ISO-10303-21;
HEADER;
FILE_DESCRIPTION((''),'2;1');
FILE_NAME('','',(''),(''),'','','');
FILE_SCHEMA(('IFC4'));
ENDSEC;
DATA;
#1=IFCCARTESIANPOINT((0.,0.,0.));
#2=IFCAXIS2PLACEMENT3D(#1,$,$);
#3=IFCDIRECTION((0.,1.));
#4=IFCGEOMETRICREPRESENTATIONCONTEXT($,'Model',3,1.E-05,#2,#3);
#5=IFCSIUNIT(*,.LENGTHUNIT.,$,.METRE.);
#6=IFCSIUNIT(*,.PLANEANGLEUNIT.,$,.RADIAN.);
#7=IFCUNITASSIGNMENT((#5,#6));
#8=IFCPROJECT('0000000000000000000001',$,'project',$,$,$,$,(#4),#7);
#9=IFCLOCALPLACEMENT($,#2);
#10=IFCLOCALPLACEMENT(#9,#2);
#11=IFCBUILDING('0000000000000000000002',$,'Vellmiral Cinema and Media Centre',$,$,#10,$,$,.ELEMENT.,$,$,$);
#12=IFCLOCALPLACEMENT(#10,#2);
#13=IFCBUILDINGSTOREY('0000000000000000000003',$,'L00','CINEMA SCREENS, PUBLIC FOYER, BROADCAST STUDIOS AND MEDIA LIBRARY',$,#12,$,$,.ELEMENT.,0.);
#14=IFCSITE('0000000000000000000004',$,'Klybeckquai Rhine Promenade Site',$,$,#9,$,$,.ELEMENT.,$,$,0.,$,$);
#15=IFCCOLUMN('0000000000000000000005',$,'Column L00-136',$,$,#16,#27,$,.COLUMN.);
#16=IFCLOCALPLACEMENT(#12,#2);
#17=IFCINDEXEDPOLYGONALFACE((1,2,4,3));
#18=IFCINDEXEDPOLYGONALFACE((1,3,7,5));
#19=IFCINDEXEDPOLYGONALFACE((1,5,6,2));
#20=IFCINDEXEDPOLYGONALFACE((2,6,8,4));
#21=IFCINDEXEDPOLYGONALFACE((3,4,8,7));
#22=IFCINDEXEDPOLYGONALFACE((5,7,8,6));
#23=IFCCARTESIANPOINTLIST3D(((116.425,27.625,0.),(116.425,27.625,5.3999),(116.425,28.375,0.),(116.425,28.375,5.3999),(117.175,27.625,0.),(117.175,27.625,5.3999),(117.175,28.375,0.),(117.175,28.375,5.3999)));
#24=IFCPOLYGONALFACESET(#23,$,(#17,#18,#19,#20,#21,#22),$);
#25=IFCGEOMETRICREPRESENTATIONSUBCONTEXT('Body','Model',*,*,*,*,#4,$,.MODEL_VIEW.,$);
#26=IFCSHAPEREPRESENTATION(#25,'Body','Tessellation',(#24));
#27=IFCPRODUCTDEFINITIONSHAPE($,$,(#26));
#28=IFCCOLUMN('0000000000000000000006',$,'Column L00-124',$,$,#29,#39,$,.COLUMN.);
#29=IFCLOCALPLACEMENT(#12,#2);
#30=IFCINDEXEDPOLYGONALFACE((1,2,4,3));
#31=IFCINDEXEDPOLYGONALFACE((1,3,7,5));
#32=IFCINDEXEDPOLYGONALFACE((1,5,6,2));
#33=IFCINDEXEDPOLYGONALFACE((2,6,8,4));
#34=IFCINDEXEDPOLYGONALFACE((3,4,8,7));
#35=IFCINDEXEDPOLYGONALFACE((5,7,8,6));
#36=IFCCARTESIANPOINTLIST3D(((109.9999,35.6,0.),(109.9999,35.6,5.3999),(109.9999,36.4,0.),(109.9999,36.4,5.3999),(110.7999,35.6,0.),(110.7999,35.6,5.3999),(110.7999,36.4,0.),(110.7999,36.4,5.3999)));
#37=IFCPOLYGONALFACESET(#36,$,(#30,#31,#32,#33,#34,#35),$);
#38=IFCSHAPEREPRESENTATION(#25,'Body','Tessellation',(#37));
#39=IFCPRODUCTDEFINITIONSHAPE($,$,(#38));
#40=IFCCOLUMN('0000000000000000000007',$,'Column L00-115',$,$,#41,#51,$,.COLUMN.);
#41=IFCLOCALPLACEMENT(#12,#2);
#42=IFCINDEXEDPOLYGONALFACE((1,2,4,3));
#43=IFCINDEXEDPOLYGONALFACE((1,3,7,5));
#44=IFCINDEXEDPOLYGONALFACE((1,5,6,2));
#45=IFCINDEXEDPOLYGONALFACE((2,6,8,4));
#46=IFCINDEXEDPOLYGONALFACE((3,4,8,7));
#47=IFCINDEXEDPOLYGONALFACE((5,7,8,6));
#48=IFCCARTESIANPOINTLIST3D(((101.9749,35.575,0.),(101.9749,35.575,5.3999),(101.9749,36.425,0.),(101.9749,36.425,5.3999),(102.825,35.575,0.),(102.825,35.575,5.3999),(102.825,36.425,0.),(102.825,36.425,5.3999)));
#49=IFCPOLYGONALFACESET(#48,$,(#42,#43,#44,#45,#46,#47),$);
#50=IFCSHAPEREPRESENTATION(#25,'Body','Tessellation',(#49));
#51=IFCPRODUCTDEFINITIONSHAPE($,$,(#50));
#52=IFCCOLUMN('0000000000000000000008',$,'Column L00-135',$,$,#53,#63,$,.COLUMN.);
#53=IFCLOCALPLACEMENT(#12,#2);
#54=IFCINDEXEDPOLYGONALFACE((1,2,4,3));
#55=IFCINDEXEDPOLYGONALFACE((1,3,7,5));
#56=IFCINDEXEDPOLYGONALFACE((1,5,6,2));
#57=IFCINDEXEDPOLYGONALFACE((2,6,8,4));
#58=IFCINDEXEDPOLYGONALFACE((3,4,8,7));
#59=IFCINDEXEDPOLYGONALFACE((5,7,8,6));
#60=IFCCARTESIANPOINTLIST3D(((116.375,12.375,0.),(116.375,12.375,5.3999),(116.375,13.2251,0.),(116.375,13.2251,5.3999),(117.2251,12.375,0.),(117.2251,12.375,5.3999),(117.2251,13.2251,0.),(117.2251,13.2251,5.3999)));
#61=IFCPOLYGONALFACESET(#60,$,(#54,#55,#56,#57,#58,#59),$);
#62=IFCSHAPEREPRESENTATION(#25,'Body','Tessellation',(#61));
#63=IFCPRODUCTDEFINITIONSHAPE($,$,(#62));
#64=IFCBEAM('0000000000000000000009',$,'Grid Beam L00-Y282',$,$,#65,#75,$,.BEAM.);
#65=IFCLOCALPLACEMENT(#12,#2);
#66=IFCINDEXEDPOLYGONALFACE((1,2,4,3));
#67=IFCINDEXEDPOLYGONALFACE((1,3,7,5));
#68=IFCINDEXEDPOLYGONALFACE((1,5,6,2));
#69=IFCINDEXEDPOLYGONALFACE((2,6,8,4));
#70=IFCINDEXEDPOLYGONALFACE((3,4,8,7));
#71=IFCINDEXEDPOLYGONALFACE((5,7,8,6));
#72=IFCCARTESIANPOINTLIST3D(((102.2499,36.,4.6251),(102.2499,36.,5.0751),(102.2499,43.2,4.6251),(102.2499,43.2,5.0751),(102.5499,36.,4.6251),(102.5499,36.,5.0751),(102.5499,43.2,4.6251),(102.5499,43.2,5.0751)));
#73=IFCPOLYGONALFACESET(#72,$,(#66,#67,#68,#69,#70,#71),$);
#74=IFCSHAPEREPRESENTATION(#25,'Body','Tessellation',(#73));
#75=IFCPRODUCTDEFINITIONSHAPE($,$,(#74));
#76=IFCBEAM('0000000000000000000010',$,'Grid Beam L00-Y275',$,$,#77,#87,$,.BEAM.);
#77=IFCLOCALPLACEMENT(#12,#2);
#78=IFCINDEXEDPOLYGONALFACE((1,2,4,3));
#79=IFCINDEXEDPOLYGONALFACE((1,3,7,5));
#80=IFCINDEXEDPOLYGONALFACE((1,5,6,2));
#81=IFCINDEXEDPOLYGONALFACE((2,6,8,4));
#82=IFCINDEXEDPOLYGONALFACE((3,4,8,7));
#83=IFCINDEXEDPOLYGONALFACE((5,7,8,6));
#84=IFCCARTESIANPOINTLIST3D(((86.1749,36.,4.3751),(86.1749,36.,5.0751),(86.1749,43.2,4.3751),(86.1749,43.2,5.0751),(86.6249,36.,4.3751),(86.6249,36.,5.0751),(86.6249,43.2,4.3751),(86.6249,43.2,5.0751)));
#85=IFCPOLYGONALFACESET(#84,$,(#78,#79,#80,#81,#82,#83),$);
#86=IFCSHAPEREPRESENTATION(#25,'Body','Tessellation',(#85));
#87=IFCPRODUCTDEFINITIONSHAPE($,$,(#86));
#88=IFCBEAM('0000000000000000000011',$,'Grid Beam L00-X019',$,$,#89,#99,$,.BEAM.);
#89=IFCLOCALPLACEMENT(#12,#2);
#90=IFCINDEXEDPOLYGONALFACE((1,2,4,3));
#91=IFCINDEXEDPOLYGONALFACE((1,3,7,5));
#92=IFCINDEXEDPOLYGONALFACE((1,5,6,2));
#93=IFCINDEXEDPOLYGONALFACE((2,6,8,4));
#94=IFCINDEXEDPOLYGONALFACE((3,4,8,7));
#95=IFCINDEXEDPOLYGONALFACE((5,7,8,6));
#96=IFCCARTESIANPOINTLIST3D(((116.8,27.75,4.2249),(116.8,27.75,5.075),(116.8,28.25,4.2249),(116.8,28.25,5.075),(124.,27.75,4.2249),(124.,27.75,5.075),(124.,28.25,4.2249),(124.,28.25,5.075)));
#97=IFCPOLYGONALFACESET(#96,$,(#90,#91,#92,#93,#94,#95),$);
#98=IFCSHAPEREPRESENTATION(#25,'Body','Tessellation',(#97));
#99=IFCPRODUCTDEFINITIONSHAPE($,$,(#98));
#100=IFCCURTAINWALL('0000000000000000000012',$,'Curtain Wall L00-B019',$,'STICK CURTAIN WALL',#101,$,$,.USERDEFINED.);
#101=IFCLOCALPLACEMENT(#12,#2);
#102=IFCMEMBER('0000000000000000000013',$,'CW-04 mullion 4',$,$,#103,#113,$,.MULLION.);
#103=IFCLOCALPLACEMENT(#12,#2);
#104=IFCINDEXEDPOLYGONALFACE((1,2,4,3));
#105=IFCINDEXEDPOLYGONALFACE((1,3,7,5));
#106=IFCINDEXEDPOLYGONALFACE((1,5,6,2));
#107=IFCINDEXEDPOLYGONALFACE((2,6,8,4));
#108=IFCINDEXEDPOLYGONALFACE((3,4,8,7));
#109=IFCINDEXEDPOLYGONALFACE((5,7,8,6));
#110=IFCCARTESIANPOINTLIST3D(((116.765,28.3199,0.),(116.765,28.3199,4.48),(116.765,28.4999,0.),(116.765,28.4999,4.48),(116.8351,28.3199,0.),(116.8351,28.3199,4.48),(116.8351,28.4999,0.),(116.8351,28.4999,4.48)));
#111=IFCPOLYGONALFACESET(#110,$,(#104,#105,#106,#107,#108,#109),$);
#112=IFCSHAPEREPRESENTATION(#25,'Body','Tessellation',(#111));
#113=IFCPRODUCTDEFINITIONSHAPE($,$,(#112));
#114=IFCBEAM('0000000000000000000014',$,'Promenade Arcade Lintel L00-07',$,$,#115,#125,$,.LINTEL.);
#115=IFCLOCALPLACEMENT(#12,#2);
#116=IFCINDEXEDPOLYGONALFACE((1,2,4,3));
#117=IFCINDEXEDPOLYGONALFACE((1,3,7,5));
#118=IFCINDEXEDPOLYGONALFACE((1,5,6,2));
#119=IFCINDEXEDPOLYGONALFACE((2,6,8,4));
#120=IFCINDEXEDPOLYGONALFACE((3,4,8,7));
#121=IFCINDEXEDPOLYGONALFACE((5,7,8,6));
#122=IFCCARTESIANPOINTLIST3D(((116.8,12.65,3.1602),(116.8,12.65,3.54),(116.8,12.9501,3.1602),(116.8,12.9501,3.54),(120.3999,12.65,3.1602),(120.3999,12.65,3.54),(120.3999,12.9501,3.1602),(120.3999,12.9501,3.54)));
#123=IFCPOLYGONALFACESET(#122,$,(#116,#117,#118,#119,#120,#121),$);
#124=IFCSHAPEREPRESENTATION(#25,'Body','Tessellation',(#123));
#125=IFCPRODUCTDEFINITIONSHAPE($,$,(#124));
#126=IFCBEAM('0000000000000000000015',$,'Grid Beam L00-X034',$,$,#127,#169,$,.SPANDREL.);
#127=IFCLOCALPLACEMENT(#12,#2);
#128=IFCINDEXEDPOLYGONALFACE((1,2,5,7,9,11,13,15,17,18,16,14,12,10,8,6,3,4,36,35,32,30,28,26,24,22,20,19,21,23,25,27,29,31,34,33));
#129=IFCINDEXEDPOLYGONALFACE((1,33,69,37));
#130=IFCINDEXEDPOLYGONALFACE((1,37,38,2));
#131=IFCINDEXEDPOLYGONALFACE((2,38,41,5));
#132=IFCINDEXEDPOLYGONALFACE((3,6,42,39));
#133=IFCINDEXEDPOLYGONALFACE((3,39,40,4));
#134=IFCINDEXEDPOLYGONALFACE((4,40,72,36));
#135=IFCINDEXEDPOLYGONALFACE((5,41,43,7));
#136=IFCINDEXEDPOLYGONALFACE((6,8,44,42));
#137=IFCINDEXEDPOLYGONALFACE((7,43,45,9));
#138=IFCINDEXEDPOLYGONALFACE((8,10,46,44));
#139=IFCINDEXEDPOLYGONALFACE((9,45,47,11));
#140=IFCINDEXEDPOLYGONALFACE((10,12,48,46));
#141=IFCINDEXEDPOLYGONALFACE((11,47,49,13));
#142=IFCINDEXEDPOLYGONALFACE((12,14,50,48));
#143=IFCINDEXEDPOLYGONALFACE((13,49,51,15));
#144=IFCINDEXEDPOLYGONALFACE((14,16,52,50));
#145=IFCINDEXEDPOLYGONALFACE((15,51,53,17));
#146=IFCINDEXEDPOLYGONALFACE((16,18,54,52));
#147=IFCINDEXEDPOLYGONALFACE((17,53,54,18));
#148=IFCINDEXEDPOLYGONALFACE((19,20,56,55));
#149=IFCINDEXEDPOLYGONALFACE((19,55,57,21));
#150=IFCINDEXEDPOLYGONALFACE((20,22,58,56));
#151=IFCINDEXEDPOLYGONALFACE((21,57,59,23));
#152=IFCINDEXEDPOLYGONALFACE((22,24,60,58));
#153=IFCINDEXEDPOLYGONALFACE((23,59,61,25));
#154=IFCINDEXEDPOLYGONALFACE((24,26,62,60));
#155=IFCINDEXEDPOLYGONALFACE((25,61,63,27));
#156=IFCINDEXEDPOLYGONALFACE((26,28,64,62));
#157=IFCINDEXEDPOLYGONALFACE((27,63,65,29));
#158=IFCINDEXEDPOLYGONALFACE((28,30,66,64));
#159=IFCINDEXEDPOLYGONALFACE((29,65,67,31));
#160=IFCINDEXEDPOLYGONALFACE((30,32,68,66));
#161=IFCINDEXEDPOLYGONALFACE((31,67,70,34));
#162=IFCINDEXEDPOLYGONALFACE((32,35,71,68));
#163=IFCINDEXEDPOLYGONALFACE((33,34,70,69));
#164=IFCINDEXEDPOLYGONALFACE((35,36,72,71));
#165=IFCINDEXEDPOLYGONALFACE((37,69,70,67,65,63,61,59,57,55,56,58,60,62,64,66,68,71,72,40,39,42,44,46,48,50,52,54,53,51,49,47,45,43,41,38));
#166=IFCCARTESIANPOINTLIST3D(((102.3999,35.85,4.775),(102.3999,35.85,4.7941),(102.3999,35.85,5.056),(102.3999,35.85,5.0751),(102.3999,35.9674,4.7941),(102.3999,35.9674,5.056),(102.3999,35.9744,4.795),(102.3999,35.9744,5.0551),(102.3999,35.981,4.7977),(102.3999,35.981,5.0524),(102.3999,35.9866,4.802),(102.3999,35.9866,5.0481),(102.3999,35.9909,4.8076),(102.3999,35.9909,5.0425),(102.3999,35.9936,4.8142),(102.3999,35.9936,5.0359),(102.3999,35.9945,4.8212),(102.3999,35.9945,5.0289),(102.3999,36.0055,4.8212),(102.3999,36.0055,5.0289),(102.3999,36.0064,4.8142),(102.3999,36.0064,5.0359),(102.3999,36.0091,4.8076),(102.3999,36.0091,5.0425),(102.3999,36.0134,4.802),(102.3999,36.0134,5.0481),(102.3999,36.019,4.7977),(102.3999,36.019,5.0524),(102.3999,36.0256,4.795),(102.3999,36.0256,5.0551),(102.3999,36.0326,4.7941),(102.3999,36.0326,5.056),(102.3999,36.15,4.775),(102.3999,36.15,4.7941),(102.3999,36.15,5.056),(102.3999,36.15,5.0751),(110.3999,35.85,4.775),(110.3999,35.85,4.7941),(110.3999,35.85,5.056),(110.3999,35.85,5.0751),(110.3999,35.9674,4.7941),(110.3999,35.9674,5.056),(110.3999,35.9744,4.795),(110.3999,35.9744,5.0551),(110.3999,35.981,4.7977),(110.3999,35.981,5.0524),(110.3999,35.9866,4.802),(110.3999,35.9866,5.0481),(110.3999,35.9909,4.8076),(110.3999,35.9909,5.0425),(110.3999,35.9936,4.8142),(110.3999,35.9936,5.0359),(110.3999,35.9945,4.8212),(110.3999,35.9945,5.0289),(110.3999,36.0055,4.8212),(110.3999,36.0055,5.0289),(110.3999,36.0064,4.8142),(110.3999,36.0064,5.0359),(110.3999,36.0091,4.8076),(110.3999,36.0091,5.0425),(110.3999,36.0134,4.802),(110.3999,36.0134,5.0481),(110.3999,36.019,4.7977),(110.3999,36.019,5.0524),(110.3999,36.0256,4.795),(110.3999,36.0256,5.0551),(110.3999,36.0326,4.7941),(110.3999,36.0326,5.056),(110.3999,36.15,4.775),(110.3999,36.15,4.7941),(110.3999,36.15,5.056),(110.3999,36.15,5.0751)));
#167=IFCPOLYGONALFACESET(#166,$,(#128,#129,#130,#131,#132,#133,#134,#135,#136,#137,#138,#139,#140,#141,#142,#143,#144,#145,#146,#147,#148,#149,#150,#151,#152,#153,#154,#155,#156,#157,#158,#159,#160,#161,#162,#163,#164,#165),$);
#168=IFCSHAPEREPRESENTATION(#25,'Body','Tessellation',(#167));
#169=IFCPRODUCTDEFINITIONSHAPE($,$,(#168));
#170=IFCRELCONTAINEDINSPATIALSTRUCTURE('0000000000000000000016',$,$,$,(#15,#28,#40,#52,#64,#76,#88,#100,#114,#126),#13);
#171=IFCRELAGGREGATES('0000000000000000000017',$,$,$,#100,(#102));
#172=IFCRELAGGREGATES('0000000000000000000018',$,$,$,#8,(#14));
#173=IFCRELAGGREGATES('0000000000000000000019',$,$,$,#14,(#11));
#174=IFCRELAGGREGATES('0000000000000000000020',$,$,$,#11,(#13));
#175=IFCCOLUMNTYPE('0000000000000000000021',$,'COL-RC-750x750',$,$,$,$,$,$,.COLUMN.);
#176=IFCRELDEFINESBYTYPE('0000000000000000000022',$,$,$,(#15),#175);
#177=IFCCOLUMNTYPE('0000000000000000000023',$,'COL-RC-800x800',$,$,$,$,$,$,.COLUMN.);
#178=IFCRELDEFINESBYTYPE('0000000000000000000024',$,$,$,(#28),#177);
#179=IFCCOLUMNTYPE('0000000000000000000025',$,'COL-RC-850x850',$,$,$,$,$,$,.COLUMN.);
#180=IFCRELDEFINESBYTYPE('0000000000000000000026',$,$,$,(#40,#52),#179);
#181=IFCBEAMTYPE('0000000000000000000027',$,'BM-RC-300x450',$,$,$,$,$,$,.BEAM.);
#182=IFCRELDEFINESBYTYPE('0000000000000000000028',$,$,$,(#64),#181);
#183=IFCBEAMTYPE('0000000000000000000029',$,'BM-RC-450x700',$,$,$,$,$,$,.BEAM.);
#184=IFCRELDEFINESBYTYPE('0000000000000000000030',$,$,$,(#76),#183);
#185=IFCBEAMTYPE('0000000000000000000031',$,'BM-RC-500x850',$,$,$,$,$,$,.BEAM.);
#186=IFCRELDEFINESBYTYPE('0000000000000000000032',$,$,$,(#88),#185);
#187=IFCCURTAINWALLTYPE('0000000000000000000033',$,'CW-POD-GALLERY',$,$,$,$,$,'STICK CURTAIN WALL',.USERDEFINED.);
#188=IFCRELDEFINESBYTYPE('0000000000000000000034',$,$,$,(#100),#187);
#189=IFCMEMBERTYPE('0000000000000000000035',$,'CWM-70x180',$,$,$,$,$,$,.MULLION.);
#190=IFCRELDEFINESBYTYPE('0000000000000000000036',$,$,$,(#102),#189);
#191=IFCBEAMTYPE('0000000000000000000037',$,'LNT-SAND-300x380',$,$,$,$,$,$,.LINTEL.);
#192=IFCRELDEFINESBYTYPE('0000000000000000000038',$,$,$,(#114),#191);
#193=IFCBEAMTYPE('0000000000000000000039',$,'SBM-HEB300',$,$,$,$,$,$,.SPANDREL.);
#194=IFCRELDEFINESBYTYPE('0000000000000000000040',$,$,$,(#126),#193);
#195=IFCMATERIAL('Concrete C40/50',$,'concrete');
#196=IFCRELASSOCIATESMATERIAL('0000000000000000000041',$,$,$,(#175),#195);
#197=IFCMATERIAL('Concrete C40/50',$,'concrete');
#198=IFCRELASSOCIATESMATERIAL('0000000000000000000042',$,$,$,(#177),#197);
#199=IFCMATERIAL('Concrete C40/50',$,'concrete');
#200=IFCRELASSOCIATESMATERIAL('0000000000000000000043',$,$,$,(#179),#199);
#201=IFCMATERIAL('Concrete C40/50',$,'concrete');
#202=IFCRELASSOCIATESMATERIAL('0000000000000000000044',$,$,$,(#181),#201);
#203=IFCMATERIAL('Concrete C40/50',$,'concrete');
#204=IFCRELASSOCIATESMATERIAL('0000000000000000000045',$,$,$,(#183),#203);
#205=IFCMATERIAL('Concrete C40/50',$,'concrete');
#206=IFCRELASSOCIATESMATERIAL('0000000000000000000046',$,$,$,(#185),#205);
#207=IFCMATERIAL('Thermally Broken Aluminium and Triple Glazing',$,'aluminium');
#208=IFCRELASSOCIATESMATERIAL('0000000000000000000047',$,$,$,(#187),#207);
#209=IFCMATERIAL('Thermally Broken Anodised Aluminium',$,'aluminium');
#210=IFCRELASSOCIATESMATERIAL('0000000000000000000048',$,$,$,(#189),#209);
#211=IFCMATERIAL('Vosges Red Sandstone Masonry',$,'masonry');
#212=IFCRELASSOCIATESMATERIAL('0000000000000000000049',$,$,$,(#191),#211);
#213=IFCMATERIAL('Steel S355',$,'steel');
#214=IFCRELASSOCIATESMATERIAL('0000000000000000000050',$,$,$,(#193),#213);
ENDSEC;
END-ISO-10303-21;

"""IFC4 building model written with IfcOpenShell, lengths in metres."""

from ifc_helpers import new_model, si_unit, direction, frame, origin, origin_2d, place, context, subcontext, project, spatial, rectangle, i_section, extrude, material, material_profile, profile_set, type_object, element, aggregate, save


model = new_model("IFC4")

# Units and contexts
model_context = context("Model", 3, precision=1e-05, world=origin(), true_north=direction((0.0, 1.0)))
body_context = subcontext(model_context, "Body", "Model", "MODEL_VIEW")
ifc_project = project(units=[si_unit("LENGTHUNIT", "METRE"), si_unit("PLANEANGLEUNIT", "RADIAN")], contexts=[model_context])

# Site, building, storey
site_placement = place(None, origin())
site = spatial("IfcSite", under=ifc_project, at=site_placement, Name="Klybeckquai Rhine Promenade Site", CompositionType="ELEMENT", RefElevation=0.0)
building_placement = place(site_placement, origin())
building = spatial("IfcBuilding", under=site, at=building_placement, Name="Vellmiral Cinema and Media Centre", CompositionType="ELEMENT")
storey_placement = place(building_placement, origin())
storey = spatial("IfcBuildingStorey", under=building, at=storey_placement, Name="L00", Description="CINEMA SCREENS, PUBLIC FOYER, BROADCAST STUDIOS AND MEDIA LIBRARY", CompositionType="ELEMENT", Elevation=0.0)

# Columns
ifc_material_1 = material(Name="Concrete C40/50", Category="concrete")
ifc_material_profile_1 = material_profile(ifc_material_1, rectangle(XDim=0.75, YDim=0.75, at=origin_2d()), Name="RC 750x750")
ifc_profile_set_1 = profile_set([ifc_material_profile_1], Name="Concrete C40/50")
column_type_1 = type_object("IfcColumnType", Name="COL-RC-750x750", PredefinedType="COLUMN", material=ifc_profile_set_1)
column_1_placement = place(storey_placement, frame((116.8, 28.0, 0.0), z_axis=(0.0, 0.0, 1.0), x_axis=(1.0, 0.0, 0.0)))
element("IfcColumn", 1, at=column_1_placement, inside=storey, type_object=column_type_1, Name="Column L00-136", PredefinedType="COLUMN", context=body_context, shape_type="SweptSolid", body=[
    extrude(rectangle(XDim=0.75, YDim=0.75, at=origin_2d()), origin(), (0.0, 0.0, 1.0), 5.3999),
])
ifc_material_2 = material(Name="Concrete C40/50", Category="concrete")
ifc_material_profile_2 = material_profile(ifc_material_2, rectangle(XDim=0.8, YDim=0.8, at=origin_2d()), Name="RC 800x800")
ifc_profile_set_2 = profile_set([ifc_material_profile_2], Name="Concrete C40/50")
column_type_2 = type_object("IfcColumnType", Name="COL-RC-800x800", PredefinedType="COLUMN", material=ifc_profile_set_2)
column_2_placement = place(storey_placement, frame((110.3999, 36.0, 0.0), z_axis=(0.0, 0.0, 1.0), x_axis=(1.0, 0.0, 0.0)))
element("IfcColumn", 2, at=column_2_placement, inside=storey, type_object=column_type_2, Name="Column L00-124", PredefinedType="COLUMN", context=body_context, shape_type="SweptSolid", body=[
    extrude(rectangle(XDim=0.8, YDim=0.8, at=origin_2d()), origin(), (0.0, 0.0, 1.0), 5.3999),
])
ifc_material_3 = material(Name="Concrete C40/50", Category="concrete")
ifc_material_profile_3 = material_profile(ifc_material_3, rectangle(XDim=0.8501, YDim=0.8501, at=origin_2d()), Name="RC 850x850")
ifc_profile_set_3 = profile_set([ifc_material_profile_3], Name="Concrete C40/50")
column_type_3 = type_object("IfcColumnType", Name="COL-RC-850x850", PredefinedType="COLUMN", material=ifc_profile_set_3)
for number, where, z_axis, x_axis, name in (
    (3, (102.3999, 36.0, 0.0), (0.0, 0.0, 1.0), (1.0, 0.0, 0.0), "Column L00-115"),
    (4, (116.8, 12.8, 0.0), (0.0, 0.0, 1.0), (1.0, 0.0, 0.0), "Column L00-135"),
):
    element("IfcColumn", number, at=place(storey_placement, frame(where, z_axis=z_axis, x_axis=x_axis)), inside=storey, type_object=column_type_3, Name=name, PredefinedType="COLUMN", context=body_context, shape_type="SweptSolid", body=[
        extrude(rectangle(XDim=0.8501, YDim=0.8501, at=origin_2d()), origin(), (0.0, 0.0, 1.0), 5.3999),
    ])

# Beams
ifc_material_4 = material(Name="Concrete C40/50", Category="concrete")
ifc_material_profile_4 = material_profile(ifc_material_4, rectangle(XDim=0.3, YDim=0.45, at=origin_2d()), Name="RC 300x450")
ifc_profile_set_4 = profile_set([ifc_material_profile_4], Name="Concrete C40/50")
beam_type_1 = type_object("IfcBeamType", Name="BM-RC-300x450", PredefinedType="BEAM", material=ifc_profile_set_4)
beam_1_placement = place(storey_placement, frame((102.3999, 36.0, 4.8501), z_axis=(0.0, 1.0, 0.0), x_axis=(-1.0, 0.0, 0.0)))
element("IfcBeam", 5, at=beam_1_placement, inside=storey, type_object=beam_type_1, Name="Grid Beam L00-Y282", PredefinedType="BEAM", context=body_context, shape_type="SweptSolid", body=[
    extrude(rectangle(XDim=0.3, YDim=0.45, at=origin_2d()), origin(), (0.0, 0.0, 1.0), 7.2),
])
ifc_material_5 = material(Name="Concrete C40/50", Category="concrete")
ifc_material_profile_5 = material_profile(ifc_material_5, rectangle(XDim=0.45, YDim=0.7, at=origin_2d()), Name="RC 450x700")
ifc_profile_set_5 = profile_set([ifc_material_profile_5], Name="Concrete C40/50")
beam_type_2 = type_object("IfcBeamType", Name="BM-RC-450x700", PredefinedType="BEAM", material=ifc_profile_set_5)
beam_2_placement = place(storey_placement, frame((86.3999, 36.0, 4.7251), z_axis=(0.0, 1.0, 0.0), x_axis=(-1.0, 0.0, 0.0)))
element("IfcBeam", 6, at=beam_2_placement, inside=storey, type_object=beam_type_2, Name="Grid Beam L00-Y275", PredefinedType="BEAM", context=body_context, shape_type="SweptSolid", body=[
    extrude(rectangle(XDim=0.45, YDim=0.7, at=origin_2d()), origin(), (0.0, 0.0, 1.0), 7.2),
])
ifc_material_6 = material(Name="Concrete C40/50", Category="concrete")
ifc_material_profile_6 = material_profile(ifc_material_6, rectangle(XDim=0.5, YDim=0.8501, at=origin_2d()), Name="RC 500x850")
ifc_profile_set_6 = profile_set([ifc_material_profile_6], Name="Concrete C40/50")
beam_type_3 = type_object("IfcBeamType", Name="BM-RC-500x850", PredefinedType="BEAM", material=ifc_profile_set_6)
beam_3_placement = place(storey_placement, frame((116.8, 28.0, 4.6499), z_axis=(1.0, 0.0, 0.0), x_axis=(0.0, 1.0, 0.0)))
element("IfcBeam", 7, at=beam_3_placement, inside=storey, type_object=beam_type_3, Name="Grid Beam L00-X019", PredefinedType="BEAM", context=body_context, shape_type="SweptSolid", body=[
    extrude(rectangle(XDim=0.5, YDim=0.8501, at=origin_2d()), origin(), (0.0, 0.0, 1.0), 7.2),
])

# Curtain wall, member
ifc_material_7 = material(Name="Thermally Broken Aluminium and Triple Glazing", Category="aluminium")
curtain_wall_type = type_object("IfcCurtainWallType", Name="CW-POD-GALLERY", ElementType="STICK CURTAIN WALL", PredefinedType="USERDEFINED", material=ifc_material_7)
curtain_wall_placement = place(storey_placement, origin())
curtain_wall = element("IfcCurtainWall", 8, at=curtain_wall_placement, inside=storey, type_object=curtain_wall_type, Name="Curtain Wall L00-B019", ObjectType="STICK CURTAIN WALL", PredefinedType="USERDEFINED")
ifc_material_8 = material(Name="Thermally Broken Anodised Aluminium", Category="aluminium")
ifc_material_profile_7 = material_profile(ifc_material_8, rectangle(XDim=0.0701, YDim=0.1799, at=origin_2d()), Name="MULL 70x180")
ifc_profile_set_7 = profile_set([ifc_material_profile_7], Name="Thermally Broken Anodised Aluminium")
member_type = type_object("IfcMemberType", Name="CWM-70x180", PredefinedType="MULLION", material=ifc_profile_set_7)
member_placement = place(storey_placement, frame((116.8, 28.4099, 0.0), z_axis=(0.0, 0.0, 1.0), x_axis=(1.0, 0.0, 0.0)))
member = element("IfcMember", 9, at=member_placement, type_object=member_type, Name="CW-04 mullion 4", PredefinedType="MULLION", context=body_context, shape_type="SweptSolid", body=[
    extrude(rectangle(XDim=0.0701, YDim=0.1799, at=origin_2d()), origin(), (0.0, 0.0, 1.0), 4.48),
])

# Beams
ifc_material_9 = material(Name="Vosges Red Sandstone Masonry", Category="masonry")
ifc_material_profile_8 = material_profile(ifc_material_9, rectangle(XDim=0.3, YDim=0.3799, at=origin_2d()), Name="SAND 300x380")
ifc_profile_set_8 = profile_set([ifc_material_profile_8], Name="Vosges Red Sandstone Masonry")
beam_type_4 = type_object("IfcBeamType", Name="LNT-SAND-300x380", PredefinedType="LINTEL", material=ifc_profile_set_8)
beam_4_placement = place(storey_placement, frame((116.8, 12.8, 3.3501), z_axis=(1.0, 0.0, 0.0), x_axis=(0.0, 1.0, 0.0)))
element("IfcBeam", 10, at=beam_4_placement, inside=storey, type_object=beam_type_4, Name="Promenade Arcade Lintel L00-07", PredefinedType="LINTEL", context=body_context, shape_type="SweptSolid", body=[
    extrude(rectangle(XDim=0.3, YDim=0.3799, at=origin_2d()), origin(), (0.0, 0.0, 1.0), 3.5999),
])
ifc_material_10 = material(Name="Steel S355", Category="steel")
ifc_material_profile_9 = material_profile(ifc_material_10, i_section(OverallWidth=0.3, OverallDepth=0.3, WebThickness=0.011, FlangeThickness=0.019, FilletRadius=0.0271, at=origin_2d()), Name="HEB 300")
ifc_profile_set_9 = profile_set([ifc_material_profile_9], Name="Steel S355")
beam_type_5 = type_object("IfcBeamType", Name="SBM-HEB300", PredefinedType="SPANDREL", material=ifc_profile_set_9)
beam_5_placement = place(storey_placement, frame((102.3999, 36.0, 4.925), z_axis=(1.0, 0.0, 0.0), x_axis=(0.0, 1.0, 0.0)))
element("IfcBeam", 11, at=beam_5_placement, inside=storey, type_object=beam_type_5, Name="Grid Beam L00-X034", PredefinedType="SPANDREL", context=body_context, shape_type="SweptSolid", body=[
    extrude(i_section(OverallWidth=0.3, OverallDepth=0.3, WebThickness=0.011, FlangeThickness=0.019, FilletRadius=0.0271, at=origin_2d()), origin(), (0.0, 0.0, 1.0), 8.0),
])

aggregate(curtain_wall, [member])

save(model, "model.ifc")
